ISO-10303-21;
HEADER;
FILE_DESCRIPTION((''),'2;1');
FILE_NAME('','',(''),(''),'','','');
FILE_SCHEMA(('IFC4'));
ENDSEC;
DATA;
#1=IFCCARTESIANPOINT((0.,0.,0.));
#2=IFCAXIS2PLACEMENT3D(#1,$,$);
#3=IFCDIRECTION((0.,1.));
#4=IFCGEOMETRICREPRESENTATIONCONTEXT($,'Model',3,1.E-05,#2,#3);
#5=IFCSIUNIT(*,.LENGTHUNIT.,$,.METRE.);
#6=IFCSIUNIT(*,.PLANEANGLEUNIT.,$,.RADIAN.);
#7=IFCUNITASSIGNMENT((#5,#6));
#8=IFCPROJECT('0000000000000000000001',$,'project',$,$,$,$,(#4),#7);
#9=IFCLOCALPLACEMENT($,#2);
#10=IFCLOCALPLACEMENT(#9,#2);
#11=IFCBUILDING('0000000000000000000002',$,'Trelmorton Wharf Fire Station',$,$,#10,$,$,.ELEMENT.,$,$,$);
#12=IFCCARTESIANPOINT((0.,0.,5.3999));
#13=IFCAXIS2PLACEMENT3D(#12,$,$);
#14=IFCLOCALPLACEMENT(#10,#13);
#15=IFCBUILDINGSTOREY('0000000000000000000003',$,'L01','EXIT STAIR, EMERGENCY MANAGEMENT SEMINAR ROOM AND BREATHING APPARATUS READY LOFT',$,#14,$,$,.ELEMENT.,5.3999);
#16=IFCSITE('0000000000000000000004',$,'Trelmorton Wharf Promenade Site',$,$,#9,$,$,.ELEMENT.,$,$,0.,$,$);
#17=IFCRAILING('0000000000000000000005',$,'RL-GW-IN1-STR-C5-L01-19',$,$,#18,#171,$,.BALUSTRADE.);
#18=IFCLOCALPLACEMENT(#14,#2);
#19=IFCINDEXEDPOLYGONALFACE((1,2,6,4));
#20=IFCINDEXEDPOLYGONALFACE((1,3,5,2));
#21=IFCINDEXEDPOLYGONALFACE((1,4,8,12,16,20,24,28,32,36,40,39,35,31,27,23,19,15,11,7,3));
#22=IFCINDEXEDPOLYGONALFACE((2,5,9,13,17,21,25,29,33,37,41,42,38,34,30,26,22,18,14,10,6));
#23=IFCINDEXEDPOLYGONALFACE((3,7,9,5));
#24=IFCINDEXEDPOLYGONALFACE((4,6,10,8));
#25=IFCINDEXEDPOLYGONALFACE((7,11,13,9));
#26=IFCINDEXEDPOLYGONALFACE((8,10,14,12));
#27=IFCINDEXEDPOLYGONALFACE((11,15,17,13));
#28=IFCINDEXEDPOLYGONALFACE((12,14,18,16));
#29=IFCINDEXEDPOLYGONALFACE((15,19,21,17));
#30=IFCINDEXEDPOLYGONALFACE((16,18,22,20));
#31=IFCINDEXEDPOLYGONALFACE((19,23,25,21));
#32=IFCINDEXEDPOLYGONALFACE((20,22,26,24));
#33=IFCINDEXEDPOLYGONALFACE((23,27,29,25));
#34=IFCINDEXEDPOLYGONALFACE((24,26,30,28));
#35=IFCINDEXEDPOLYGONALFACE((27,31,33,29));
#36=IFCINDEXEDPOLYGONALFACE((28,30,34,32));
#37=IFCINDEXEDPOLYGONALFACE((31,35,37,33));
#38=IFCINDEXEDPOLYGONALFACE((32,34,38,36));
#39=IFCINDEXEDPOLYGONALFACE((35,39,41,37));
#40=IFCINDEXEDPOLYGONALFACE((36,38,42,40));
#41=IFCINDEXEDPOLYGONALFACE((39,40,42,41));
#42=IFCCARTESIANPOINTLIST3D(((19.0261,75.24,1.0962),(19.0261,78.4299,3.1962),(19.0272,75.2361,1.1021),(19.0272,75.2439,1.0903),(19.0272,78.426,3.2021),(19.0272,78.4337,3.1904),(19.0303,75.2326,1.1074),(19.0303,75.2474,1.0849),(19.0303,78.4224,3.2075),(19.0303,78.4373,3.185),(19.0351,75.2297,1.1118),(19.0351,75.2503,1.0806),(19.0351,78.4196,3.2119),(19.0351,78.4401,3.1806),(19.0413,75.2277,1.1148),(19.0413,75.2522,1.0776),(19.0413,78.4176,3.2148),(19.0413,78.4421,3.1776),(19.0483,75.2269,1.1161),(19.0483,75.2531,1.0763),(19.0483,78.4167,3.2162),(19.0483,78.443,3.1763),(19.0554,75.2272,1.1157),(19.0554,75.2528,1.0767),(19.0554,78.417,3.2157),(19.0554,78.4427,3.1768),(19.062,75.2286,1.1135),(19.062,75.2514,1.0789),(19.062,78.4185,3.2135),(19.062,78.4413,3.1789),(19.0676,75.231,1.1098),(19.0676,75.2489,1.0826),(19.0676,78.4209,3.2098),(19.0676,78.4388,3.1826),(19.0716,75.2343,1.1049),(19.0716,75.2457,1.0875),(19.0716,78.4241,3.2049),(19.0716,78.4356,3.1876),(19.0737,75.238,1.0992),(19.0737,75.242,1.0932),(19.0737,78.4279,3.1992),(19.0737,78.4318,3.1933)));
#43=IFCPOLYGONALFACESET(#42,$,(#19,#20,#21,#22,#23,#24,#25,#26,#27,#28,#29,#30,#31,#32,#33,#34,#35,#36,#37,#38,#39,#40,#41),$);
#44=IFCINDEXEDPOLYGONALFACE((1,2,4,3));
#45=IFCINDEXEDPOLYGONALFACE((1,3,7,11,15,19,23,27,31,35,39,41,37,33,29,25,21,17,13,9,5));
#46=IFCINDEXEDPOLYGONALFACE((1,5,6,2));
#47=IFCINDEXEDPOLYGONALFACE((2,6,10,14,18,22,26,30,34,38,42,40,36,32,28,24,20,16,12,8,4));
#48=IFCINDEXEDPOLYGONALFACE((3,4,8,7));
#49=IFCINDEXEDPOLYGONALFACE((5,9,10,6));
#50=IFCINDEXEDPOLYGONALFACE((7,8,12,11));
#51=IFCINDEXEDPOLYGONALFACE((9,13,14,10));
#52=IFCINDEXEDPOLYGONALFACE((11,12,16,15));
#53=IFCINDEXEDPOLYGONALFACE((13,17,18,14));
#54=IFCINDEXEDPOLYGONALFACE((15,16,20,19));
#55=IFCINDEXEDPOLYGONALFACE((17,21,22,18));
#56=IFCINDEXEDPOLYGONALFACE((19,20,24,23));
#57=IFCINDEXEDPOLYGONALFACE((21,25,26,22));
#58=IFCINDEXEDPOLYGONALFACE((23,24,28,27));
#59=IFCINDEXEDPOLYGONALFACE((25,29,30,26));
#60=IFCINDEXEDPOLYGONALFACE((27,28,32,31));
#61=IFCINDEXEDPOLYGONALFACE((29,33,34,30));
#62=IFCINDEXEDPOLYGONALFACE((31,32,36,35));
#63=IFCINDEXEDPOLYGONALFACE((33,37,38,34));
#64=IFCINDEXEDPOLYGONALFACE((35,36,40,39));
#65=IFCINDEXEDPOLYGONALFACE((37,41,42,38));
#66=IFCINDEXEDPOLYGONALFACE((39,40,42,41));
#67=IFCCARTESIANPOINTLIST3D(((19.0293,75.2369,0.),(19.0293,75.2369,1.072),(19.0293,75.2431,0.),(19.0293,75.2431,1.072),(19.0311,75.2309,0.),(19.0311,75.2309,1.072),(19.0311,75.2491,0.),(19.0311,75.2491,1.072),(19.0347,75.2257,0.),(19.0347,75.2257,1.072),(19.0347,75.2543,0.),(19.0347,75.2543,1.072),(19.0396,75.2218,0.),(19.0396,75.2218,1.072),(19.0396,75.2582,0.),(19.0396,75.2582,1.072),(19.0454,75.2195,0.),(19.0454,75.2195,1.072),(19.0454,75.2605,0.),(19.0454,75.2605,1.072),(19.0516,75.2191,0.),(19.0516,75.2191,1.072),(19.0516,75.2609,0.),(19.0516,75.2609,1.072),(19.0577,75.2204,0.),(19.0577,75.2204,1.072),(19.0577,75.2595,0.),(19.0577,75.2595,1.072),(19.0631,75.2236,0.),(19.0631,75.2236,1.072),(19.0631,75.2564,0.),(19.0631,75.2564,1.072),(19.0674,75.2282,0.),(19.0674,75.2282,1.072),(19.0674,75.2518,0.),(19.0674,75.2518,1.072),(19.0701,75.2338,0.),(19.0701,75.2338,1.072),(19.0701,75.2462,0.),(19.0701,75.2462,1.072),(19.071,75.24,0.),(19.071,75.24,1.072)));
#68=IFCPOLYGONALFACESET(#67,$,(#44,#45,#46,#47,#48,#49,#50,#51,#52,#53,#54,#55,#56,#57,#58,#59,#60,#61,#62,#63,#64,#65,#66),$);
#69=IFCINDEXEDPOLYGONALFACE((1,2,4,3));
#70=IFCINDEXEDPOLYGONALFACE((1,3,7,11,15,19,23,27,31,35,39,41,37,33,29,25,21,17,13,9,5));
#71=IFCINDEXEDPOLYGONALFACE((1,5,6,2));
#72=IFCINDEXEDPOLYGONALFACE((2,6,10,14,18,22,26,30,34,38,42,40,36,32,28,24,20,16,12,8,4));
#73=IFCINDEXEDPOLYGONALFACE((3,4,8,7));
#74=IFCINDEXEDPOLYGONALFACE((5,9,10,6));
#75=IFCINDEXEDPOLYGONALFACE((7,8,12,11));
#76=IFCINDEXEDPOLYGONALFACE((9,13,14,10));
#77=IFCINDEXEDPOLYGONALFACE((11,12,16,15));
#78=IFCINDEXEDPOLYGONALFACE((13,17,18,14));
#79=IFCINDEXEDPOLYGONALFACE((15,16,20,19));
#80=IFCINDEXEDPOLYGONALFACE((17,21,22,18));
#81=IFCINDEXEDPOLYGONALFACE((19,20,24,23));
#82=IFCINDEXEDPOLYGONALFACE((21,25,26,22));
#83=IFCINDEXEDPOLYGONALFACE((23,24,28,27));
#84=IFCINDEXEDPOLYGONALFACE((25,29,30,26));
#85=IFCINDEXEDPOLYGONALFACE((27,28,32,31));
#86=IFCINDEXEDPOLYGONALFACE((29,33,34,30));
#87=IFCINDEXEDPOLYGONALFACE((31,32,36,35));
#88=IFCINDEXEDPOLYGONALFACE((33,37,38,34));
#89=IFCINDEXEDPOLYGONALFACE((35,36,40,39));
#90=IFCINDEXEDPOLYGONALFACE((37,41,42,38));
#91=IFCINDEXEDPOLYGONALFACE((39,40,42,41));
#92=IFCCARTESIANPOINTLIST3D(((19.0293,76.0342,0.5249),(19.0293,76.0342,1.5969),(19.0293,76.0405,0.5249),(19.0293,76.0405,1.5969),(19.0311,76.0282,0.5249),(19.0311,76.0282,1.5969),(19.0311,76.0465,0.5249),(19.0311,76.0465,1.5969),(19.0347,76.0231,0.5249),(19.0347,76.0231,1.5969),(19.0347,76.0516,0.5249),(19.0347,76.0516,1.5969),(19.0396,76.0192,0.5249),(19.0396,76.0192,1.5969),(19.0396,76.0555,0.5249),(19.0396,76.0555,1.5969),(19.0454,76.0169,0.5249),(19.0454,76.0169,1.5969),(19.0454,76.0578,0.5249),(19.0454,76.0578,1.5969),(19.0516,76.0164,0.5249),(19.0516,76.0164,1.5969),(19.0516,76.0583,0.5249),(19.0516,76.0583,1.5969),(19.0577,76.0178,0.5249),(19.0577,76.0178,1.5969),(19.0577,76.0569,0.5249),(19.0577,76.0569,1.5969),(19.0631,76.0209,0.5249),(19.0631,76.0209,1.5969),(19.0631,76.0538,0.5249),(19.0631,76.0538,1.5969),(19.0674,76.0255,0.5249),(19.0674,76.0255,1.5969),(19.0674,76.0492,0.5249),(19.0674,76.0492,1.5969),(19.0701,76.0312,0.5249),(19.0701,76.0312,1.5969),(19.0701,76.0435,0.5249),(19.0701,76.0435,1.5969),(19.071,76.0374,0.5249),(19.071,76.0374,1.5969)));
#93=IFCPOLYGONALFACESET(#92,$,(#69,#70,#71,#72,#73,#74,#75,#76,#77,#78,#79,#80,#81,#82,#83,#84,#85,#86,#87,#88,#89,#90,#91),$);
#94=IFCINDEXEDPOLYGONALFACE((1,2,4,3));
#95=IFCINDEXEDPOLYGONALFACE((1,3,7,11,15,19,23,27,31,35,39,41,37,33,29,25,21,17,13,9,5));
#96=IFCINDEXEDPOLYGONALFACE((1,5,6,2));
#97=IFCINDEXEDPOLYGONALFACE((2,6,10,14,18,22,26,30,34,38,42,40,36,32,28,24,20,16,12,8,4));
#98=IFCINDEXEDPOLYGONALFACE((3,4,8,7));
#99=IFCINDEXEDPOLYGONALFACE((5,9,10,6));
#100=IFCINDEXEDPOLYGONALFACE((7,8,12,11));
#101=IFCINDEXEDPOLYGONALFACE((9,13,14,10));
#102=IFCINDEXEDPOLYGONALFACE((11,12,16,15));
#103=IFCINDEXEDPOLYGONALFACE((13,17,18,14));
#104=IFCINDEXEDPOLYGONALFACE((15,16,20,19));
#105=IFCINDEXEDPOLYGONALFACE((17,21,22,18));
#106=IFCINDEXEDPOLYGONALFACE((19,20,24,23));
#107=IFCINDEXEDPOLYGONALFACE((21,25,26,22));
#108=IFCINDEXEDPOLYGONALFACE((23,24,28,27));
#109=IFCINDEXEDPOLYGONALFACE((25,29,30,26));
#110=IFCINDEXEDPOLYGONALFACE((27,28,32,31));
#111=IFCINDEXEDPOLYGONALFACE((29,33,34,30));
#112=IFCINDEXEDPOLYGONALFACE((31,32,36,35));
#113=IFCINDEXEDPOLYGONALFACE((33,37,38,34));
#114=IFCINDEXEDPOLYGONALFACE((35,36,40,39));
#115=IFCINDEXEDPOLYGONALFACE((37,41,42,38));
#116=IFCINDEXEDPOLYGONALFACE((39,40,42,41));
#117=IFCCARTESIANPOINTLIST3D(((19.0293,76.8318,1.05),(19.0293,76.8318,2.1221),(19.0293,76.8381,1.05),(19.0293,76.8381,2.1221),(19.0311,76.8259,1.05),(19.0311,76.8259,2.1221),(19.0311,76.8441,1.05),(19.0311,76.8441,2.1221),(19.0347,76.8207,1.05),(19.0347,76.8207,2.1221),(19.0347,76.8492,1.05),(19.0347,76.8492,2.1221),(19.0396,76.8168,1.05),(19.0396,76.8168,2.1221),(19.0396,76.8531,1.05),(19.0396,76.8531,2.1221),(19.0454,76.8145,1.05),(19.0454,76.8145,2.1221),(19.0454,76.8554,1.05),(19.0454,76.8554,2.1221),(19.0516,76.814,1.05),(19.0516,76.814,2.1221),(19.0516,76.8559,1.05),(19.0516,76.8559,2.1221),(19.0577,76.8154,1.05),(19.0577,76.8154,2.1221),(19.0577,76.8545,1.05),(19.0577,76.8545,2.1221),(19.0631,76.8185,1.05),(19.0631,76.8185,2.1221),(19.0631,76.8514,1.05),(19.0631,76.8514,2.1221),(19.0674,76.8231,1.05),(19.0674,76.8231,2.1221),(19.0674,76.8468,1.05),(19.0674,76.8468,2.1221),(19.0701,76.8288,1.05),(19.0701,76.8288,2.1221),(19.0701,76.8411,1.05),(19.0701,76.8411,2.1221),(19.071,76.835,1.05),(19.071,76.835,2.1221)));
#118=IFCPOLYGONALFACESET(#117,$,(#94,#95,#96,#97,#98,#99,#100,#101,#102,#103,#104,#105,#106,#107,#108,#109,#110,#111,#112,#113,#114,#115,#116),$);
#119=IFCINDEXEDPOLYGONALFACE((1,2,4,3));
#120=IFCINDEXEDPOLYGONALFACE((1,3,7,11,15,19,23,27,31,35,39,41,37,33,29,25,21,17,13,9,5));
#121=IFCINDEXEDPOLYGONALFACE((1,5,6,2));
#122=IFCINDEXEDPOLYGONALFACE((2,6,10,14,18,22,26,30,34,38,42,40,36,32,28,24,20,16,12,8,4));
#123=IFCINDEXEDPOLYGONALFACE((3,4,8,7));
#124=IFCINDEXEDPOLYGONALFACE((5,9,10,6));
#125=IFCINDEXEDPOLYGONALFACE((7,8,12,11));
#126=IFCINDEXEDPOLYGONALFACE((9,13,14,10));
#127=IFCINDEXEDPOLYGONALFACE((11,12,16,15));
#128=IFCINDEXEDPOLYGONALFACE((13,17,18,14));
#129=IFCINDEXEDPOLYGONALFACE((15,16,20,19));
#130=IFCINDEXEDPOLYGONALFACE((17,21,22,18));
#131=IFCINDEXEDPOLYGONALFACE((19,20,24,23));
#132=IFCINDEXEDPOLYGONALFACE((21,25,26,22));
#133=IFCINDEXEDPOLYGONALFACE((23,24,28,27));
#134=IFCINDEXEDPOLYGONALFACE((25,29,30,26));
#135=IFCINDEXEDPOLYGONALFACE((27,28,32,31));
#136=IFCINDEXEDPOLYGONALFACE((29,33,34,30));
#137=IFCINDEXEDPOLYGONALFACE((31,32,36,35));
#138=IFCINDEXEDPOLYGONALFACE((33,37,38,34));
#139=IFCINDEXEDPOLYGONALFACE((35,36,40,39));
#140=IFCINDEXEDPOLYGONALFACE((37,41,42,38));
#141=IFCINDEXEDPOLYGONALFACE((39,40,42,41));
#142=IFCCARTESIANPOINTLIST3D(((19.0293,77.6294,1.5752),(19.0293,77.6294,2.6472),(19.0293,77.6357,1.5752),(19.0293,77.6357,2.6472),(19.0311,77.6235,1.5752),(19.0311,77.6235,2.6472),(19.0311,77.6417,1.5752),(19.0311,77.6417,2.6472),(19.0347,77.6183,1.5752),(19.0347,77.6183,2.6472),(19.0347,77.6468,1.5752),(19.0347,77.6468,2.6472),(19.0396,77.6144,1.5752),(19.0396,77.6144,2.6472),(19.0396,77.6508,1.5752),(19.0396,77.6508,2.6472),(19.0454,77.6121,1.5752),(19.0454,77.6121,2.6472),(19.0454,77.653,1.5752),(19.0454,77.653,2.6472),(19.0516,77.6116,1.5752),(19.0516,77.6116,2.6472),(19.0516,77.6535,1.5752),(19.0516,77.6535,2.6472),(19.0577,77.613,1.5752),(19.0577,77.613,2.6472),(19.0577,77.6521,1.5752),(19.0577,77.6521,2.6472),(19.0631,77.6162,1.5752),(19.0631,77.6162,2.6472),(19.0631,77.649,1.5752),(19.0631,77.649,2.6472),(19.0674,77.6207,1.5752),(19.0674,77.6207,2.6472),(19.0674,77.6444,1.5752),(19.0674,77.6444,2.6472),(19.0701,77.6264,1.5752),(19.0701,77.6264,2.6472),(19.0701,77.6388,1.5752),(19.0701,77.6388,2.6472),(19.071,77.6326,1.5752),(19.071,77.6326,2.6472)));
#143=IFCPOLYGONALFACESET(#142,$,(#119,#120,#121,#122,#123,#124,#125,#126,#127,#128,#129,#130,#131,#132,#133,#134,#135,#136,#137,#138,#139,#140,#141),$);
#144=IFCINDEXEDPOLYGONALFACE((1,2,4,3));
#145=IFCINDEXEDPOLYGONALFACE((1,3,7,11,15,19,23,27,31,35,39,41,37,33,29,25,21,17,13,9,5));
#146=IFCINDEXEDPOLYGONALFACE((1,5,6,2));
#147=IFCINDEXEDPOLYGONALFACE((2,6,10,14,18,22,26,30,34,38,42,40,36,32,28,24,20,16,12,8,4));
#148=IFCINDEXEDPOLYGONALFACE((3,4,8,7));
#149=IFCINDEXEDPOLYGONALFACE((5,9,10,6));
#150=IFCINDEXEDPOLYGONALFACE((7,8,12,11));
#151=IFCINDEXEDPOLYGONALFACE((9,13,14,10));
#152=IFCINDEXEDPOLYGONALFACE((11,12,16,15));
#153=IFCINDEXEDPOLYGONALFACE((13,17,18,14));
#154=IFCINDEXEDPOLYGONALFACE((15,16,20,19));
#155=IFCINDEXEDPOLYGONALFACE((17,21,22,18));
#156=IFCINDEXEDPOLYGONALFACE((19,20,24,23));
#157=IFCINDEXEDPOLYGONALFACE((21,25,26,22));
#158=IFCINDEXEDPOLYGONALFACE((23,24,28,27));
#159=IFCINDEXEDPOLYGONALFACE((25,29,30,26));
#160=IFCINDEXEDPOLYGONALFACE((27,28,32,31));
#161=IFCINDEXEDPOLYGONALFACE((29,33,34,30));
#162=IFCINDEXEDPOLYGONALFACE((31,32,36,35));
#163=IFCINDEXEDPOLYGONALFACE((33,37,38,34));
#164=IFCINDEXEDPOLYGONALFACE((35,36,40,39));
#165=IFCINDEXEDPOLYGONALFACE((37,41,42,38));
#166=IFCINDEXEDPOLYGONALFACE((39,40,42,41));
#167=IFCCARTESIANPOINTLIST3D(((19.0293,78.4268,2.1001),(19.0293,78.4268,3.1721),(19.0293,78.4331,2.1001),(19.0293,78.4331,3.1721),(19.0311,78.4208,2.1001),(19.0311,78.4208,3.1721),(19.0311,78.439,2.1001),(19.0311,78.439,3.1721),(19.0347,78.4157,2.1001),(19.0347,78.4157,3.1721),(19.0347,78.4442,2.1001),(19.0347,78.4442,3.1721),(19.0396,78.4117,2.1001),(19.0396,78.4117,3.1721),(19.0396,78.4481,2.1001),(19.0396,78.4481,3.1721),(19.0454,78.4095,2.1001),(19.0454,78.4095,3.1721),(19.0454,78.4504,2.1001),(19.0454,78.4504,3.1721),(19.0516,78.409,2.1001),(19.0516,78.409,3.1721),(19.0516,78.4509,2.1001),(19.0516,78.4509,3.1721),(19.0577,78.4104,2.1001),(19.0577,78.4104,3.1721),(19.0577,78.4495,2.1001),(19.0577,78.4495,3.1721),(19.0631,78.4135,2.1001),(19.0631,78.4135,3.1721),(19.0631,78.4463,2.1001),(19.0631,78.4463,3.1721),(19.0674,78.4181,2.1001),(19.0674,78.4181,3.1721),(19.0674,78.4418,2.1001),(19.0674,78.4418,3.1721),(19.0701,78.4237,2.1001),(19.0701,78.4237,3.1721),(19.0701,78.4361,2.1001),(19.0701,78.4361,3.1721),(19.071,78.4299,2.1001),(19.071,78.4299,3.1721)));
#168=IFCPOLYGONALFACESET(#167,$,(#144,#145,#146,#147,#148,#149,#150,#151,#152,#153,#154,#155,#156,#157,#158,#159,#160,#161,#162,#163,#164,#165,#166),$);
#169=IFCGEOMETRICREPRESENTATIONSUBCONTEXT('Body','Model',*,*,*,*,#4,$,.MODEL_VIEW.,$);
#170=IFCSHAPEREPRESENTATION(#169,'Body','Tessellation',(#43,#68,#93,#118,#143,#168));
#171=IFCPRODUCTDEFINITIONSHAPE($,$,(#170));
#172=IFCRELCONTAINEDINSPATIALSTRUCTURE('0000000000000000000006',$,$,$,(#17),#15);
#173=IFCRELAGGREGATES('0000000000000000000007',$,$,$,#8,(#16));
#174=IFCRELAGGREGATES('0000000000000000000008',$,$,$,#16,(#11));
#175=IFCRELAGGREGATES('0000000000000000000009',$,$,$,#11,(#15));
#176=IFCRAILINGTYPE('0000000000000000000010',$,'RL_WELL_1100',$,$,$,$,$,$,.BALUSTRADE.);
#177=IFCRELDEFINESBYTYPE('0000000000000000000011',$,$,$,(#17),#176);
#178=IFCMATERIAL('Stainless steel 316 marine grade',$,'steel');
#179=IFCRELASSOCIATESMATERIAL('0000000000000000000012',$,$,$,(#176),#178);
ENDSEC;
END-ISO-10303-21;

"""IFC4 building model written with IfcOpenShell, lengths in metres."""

from ifc_helpers import new_model, si_unit, direction, frame, origin, origin_2d, place, context, subcontext, project, spatial, circle, extrude, material, type_object, element, save


model = new_model("IFC4")

# Units and contexts
model_context = context("Model", 3, precision=1e-05, world=origin(), true_north=direction((0.0, 1.0)))
body_context = subcontext(model_context, "Body", "Model", "MODEL_VIEW")
ifc_project = project(units=[si_unit("LENGTHUNIT", "METRE"), si_unit("PLANEANGLEUNIT", "RADIAN")], contexts=[model_context])

# Site, building, storey
site_placement = place(None, origin())
site = spatial("IfcSite", under=ifc_project, at=site_placement, Name="Trelmorton Wharf Promenade Site", CompositionType="ELEMENT", RefElevation=0.0)
building_placement = place(site_placement, origin())
building = spatial("IfcBuilding", under=site, at=building_placement, Name="Trelmorton Wharf Fire Station", CompositionType="ELEMENT")
storey_placement = place(building_placement, frame((0.0, 0.0, 5.3999)))
storey = spatial("IfcBuildingStorey", under=building, at=storey_placement, Name="L01", Description="EXIT STAIR, EMERGENCY MANAGEMENT SEMINAR ROOM AND BREATHING APPARATUS READY LOFT", CompositionType="ELEMENT", Elevation=5.3999)

# Shared definitions
ifc_material_1 = material(Name="Stainless steel 316 marine grade", Category="steel")

# Railing
railing_type = type_object("IfcRailingType", Name="RL_WELL_1100", PredefinedType="BALUSTRADE", material=ifc_material_1)
railing_1_placement = place(storey_placement, frame((19.05, 75.24, 0.0)))
element("IfcRailing", 1, at=railing_1_placement, inside=storey, type_object=railing_type, Name="RL-GW-IN1-STR-C5-L01-19", PredefinedType="BALUSTRADE", context=body_context, shape_type="SweptSolid", body=[
    extrude(circle(Radius=0.0239, at=origin_2d()), frame((0.0, 0.0, 1.0962), z_axis=(0.0, 0.835242, 0.549882), x_axis=(-1.0, 0.0, 0.0)), (0.0, 0.0, 1.0), 3.8191),
    extrude(circle(Radius=0.021, at=origin_2d()), origin(), (0.0, 0.0, 1.0), 1.072),
    extrude(circle(Radius=0.021, at=origin_2d()), frame((0.0, 0.7974, 0.5249)), (0.0, 0.0, 1.0), 1.072),
    extrude(circle(Radius=0.021, at=origin_2d()), frame((0.0, 1.595, 1.05)), (0.0, 0.0, 1.0), 1.072),
    extrude(circle(Radius=0.021, at=origin_2d()), frame((0.0, 2.3926, 1.5752)), (0.0, 0.0, 1.0), 1.072),
    extrude(circle(Radius=0.021, at=origin_2d()), frame((0.0, 3.1899, 2.1001)), (0.0, 0.0, 1.0), 1.072),
])

save(model, "model.ifc")
